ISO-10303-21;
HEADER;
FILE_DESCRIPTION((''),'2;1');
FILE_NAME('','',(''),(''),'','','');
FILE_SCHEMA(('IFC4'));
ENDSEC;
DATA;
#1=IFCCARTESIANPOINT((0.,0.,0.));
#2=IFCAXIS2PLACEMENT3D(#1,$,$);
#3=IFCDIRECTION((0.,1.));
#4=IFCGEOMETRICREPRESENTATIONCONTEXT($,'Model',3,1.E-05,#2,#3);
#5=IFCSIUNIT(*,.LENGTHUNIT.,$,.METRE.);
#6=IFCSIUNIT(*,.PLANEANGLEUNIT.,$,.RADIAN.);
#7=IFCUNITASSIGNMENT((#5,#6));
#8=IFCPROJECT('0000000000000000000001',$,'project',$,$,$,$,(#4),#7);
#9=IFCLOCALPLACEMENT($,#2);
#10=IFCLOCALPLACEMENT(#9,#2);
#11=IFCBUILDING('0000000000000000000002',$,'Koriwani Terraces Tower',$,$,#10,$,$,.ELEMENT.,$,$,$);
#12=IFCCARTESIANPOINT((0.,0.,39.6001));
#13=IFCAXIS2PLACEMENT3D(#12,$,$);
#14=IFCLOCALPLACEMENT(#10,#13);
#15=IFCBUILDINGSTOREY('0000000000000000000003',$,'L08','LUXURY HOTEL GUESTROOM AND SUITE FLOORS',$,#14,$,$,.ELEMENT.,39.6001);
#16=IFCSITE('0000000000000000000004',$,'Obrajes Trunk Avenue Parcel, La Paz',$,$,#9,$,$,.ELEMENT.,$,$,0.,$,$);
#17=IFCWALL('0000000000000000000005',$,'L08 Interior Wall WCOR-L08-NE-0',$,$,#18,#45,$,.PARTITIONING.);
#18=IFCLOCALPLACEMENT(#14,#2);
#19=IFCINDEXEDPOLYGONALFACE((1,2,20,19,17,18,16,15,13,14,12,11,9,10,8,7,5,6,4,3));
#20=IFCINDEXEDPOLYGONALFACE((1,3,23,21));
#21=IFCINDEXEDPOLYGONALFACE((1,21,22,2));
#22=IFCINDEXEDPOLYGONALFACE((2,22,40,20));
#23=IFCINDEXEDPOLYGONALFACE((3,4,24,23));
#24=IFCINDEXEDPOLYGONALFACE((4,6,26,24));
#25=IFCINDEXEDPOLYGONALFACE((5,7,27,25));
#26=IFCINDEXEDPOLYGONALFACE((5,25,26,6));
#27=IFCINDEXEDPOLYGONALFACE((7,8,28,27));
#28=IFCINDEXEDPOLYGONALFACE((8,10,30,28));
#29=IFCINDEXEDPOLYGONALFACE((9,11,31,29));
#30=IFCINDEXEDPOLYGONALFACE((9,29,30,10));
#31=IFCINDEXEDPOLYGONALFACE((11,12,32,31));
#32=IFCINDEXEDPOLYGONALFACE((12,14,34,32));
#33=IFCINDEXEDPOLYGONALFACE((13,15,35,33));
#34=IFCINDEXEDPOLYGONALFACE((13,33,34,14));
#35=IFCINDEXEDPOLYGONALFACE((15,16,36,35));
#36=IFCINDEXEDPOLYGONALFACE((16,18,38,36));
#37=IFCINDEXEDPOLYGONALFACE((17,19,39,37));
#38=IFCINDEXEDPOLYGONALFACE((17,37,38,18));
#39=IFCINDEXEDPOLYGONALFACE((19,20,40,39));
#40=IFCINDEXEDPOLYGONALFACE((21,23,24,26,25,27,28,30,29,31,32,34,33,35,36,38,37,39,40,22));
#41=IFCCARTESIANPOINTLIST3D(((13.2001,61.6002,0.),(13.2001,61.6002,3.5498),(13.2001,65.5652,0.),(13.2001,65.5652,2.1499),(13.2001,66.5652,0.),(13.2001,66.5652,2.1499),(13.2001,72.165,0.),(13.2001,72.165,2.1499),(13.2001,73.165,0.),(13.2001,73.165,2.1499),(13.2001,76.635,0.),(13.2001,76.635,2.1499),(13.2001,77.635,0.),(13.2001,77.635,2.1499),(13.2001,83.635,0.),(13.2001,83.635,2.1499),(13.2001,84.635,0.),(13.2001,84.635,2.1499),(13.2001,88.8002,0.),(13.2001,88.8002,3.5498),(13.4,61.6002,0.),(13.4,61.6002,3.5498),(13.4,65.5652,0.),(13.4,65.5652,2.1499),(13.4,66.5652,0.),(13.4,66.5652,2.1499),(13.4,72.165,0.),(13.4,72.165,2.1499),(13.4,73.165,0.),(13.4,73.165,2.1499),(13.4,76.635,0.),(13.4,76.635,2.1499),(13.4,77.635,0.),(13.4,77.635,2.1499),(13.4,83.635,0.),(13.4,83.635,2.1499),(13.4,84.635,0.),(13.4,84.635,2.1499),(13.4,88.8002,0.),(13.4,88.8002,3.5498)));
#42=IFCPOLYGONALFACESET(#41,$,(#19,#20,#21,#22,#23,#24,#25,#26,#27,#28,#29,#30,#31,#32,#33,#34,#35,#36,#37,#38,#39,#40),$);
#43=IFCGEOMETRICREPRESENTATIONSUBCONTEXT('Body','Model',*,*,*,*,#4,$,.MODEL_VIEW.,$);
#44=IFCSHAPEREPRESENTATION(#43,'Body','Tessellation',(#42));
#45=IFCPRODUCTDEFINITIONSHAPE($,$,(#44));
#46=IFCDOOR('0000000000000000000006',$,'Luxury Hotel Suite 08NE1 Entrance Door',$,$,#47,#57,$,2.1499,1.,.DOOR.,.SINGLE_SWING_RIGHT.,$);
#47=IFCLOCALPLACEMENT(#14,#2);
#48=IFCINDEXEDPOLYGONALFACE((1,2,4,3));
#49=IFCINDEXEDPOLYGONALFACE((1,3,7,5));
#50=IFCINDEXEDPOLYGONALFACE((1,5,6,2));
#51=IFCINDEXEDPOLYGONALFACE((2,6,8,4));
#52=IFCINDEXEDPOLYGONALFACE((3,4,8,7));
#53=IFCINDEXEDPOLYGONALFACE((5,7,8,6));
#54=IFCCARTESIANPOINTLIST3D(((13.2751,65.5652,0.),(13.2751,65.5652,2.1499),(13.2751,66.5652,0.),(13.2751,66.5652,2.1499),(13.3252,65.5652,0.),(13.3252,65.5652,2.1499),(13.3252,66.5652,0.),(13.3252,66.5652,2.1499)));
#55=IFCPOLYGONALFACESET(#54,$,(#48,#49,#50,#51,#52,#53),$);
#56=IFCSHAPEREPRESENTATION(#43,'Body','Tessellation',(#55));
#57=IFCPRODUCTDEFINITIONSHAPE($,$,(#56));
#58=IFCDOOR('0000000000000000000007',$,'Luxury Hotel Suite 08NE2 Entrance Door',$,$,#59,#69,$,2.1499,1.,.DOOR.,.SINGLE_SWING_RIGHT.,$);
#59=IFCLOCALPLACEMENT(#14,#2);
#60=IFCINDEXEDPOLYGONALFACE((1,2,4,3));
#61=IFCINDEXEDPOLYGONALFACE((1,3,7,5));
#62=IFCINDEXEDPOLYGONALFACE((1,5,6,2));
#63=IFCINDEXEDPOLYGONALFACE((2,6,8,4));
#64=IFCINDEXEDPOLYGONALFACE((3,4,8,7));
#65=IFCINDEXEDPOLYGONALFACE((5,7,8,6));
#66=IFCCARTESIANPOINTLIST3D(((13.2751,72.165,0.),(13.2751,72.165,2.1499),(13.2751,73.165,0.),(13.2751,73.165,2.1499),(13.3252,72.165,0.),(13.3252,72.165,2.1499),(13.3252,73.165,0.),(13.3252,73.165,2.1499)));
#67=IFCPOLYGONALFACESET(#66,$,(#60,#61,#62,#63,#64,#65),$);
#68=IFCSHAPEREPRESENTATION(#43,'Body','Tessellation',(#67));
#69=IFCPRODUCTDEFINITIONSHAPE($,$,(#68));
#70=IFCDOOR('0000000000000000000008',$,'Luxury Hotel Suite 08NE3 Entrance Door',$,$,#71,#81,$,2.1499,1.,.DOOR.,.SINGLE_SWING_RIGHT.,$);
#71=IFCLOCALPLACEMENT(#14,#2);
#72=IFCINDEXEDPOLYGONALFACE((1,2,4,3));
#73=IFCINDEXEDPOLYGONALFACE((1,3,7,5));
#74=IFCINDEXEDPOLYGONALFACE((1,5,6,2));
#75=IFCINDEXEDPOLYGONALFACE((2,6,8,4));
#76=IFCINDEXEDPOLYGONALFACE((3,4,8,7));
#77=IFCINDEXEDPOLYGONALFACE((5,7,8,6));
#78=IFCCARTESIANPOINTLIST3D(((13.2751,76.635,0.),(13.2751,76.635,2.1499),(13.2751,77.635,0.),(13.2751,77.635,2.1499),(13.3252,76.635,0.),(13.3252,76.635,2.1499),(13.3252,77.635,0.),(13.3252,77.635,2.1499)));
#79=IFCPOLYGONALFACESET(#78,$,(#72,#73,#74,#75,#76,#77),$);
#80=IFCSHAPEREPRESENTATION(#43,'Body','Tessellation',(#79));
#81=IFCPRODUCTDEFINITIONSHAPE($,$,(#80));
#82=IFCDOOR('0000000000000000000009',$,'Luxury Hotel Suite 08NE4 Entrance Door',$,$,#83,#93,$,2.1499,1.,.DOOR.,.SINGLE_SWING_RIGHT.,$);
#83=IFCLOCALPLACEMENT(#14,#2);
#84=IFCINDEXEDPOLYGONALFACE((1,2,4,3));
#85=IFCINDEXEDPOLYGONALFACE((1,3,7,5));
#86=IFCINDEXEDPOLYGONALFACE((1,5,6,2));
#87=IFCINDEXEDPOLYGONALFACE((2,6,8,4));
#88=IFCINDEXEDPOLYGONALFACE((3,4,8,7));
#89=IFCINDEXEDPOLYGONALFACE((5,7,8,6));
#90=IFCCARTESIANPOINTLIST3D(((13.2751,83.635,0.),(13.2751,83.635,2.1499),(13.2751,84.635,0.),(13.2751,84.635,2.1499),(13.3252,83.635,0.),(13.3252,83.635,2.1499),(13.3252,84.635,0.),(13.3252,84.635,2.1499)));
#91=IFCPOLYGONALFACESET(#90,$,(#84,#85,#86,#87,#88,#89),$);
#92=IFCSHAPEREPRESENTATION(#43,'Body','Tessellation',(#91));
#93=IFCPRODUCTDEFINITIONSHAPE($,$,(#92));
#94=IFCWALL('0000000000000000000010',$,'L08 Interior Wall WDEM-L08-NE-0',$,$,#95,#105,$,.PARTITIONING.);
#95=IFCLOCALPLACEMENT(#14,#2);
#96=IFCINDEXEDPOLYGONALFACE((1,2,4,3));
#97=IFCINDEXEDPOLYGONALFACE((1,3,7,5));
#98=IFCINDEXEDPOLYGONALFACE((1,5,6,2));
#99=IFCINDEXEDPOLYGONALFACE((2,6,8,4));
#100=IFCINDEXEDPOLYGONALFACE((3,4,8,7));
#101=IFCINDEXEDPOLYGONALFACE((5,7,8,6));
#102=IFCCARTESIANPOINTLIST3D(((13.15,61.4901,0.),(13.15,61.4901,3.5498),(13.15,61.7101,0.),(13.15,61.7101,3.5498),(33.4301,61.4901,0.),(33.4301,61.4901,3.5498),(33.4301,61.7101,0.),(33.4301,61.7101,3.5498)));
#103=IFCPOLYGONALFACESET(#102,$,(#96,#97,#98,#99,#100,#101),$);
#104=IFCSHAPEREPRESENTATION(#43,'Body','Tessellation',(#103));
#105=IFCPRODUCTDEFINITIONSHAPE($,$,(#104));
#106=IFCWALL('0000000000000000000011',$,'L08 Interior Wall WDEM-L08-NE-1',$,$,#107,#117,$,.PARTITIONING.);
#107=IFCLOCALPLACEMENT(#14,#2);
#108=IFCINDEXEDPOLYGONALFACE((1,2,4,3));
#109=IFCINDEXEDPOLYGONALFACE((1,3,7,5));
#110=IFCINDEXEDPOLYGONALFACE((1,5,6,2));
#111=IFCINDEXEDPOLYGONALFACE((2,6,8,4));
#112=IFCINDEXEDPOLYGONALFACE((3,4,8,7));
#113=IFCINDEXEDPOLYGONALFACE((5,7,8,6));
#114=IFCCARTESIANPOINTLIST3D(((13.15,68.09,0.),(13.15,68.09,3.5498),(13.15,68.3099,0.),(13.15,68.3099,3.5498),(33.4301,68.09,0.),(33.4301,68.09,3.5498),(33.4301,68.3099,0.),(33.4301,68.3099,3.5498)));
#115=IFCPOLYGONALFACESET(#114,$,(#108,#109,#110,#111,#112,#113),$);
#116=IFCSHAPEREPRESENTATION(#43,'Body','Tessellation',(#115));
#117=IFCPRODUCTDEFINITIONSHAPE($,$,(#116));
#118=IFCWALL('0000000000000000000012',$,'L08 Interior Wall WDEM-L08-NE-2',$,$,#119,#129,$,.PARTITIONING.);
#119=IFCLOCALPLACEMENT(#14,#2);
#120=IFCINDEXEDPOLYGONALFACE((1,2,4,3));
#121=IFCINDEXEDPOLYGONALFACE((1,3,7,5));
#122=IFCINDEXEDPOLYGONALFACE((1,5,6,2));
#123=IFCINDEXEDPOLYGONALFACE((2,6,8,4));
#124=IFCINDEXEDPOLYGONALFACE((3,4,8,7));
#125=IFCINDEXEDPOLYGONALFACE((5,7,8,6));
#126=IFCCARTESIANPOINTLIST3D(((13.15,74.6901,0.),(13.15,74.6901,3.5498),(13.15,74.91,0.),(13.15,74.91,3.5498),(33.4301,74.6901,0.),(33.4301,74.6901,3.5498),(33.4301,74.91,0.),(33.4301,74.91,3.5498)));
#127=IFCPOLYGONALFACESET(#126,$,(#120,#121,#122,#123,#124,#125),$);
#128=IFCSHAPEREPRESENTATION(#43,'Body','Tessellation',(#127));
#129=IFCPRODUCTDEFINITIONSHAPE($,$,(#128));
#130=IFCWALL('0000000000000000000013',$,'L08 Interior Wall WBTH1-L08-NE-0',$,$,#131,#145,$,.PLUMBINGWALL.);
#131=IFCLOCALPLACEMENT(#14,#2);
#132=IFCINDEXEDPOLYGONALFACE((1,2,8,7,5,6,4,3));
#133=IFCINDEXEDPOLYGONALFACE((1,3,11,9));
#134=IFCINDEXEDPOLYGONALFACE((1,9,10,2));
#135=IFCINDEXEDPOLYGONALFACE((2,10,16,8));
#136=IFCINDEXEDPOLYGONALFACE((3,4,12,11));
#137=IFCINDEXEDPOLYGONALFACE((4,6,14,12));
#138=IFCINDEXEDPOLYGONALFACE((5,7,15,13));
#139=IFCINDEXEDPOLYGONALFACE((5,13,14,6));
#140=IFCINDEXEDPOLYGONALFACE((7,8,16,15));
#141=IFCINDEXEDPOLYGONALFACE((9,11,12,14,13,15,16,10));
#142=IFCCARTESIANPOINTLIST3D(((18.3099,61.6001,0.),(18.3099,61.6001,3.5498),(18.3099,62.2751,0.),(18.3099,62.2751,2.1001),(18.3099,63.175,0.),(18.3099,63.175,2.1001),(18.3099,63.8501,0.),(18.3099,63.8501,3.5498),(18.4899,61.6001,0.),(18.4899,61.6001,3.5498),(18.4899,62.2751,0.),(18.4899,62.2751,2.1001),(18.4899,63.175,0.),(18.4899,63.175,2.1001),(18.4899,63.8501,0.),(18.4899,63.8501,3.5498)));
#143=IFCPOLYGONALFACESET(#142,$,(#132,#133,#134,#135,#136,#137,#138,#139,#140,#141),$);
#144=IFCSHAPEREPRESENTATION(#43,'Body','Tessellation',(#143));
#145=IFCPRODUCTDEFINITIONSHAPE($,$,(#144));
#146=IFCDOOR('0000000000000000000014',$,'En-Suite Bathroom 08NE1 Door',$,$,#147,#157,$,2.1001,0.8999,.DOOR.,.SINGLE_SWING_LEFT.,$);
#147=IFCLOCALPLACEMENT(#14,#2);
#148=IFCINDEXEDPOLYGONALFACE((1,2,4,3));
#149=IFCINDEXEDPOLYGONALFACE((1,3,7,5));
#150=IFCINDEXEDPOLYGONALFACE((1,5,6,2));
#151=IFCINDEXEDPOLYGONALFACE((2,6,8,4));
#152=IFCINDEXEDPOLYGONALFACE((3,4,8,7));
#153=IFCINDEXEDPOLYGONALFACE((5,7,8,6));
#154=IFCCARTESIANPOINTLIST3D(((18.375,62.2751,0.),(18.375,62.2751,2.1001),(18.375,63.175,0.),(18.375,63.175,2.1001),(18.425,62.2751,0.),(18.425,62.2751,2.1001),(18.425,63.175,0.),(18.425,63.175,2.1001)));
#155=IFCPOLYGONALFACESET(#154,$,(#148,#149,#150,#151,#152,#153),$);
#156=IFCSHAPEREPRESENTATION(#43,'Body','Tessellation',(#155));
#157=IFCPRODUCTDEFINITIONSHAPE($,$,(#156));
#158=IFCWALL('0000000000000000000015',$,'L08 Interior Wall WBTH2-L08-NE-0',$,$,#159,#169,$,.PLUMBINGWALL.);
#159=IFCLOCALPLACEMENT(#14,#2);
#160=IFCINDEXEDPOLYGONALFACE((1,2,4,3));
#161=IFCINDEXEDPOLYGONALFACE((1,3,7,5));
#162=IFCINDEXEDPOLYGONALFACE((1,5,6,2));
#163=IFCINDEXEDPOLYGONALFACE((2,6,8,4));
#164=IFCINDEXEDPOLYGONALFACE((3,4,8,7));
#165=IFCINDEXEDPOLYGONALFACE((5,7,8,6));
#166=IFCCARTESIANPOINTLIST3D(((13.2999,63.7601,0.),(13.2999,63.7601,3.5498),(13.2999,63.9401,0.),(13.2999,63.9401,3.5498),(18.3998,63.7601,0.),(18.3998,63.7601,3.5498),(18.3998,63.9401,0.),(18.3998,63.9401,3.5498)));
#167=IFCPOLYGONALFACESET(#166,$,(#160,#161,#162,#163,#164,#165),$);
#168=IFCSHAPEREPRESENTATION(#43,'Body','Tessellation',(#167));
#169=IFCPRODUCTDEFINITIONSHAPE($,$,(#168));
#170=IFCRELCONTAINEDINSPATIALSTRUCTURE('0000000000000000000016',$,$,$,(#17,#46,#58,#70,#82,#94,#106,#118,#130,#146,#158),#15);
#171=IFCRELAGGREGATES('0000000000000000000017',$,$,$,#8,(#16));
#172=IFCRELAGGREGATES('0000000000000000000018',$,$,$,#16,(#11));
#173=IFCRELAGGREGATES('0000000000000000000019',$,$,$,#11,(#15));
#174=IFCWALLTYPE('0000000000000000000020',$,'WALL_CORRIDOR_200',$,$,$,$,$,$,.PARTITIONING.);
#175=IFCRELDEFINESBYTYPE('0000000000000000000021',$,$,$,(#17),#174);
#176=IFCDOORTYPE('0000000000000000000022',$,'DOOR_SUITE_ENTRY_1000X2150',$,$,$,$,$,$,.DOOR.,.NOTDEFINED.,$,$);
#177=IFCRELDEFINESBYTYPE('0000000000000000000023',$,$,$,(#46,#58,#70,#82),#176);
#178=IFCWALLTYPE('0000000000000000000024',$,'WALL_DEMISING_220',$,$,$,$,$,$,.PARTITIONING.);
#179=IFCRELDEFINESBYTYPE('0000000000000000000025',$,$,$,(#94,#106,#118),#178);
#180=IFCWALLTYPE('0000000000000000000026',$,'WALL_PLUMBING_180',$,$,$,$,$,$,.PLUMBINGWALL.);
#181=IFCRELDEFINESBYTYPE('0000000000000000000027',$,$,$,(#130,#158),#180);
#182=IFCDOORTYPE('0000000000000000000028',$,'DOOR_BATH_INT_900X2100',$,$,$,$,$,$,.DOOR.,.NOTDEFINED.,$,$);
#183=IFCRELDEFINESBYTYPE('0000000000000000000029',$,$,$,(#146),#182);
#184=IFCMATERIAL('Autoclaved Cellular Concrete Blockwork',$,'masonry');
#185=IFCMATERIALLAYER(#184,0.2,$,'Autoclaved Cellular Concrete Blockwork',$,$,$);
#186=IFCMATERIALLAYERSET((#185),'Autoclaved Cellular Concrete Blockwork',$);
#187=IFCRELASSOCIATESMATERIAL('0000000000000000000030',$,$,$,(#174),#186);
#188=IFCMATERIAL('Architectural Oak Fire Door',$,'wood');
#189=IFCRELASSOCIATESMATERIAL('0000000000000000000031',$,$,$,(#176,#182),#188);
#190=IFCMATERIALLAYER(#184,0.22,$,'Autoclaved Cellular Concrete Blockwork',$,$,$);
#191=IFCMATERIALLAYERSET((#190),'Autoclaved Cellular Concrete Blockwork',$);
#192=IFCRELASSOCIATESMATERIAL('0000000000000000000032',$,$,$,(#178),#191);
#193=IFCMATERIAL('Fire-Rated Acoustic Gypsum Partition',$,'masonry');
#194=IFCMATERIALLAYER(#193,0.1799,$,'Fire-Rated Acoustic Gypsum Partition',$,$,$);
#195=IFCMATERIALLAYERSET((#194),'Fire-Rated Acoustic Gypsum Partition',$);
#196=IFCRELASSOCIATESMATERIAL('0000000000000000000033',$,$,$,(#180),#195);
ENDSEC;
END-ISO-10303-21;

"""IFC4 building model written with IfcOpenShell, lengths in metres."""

from ifc_helpers import new_model, si_unit, direction, frame, frame_2d, origin, place, context, subcontext, project, spatial, rectangle, extrude, material, layer, layer_set, type_object, element, fill, save


model = new_model("IFC4")

# Units and contexts
model_context = context("Model", 3, precision=1e-05, world=origin(), true_north=direction((0.0, 1.0)))
body_context = subcontext(model_context, "Body", "Model", "MODEL_VIEW")
ifc_project = project(units=[si_unit("LENGTHUNIT", "METRE"), si_unit("PLANEANGLEUNIT", "RADIAN")], contexts=[model_context])

# Site, building, storey
site_placement = place(None, origin())
site = spatial("IfcSite", under=ifc_project, at=site_placement, Name="Obrajes Trunk Avenue Parcel, La Paz", CompositionType="ELEMENT", RefElevation=0.0)
building_placement = place(site_placement, origin())
building = spatial("IfcBuilding", under=site, at=building_placement, Name="Koriwani Terraces Tower", CompositionType="ELEMENT")
storey_placement = place(building_placement, frame((0.0, 0.0, 39.6001)))
storey = spatial("IfcBuildingStorey", under=building, at=storey_placement, Name="L08", Description="LUXURY HOTEL GUESTROOM AND SUITE FLOORS", CompositionType="ELEMENT", Elevation=39.6001)

# Wall, openings, doors
ifc_material_1 = material(Name="Autoclaved Cellular Concrete Blockwork", Category="masonry")
ifc_layer_1 = layer(ifc_material_1, 0.2, Name="Autoclaved Cellular Concrete Blockwork")
ifc_layer_set_1 = layer_set([ifc_layer_1], Name="Autoclaved Cellular Concrete Blockwork")
wall_type_1 = type_object("IfcWallType", Name="WALL_CORRIDOR_200", PredefinedType="PARTITIONING", material=ifc_layer_set_1)
wall_1_placement = place(storey_placement, frame((13.3, 61.6001, 0.0), z_axis=(0.0, 0.0, 1.0), x_axis=(0.0, 1.0, 0.0)))
wall_1 = element("IfcWall", 1, at=wall_1_placement, inside=storey, type_object=wall_type_1, Name="L08 Interior Wall WCOR-L08-NE-0", PredefinedType="PARTITIONING", context=body_context, shape_type="SweptSolid", body=[
    extrude(rectangle(XDim=27.2, YDim=0.2, at=frame_2d((13.6001, 0.0))), origin(), (0.0, 0.0, 1.0), 3.5498),
])
opening_1_placement = place(wall_1_placement, frame((3.9651, 0.0, 0.0)))
opening_1 = element("IfcOpeningElement", 2, at=opening_1_placement, cuts=wall_1, PredefinedType="OPENING", context=body_context, shape_type="SweptSolid", body=[
    extrude(rectangle(XDim=1.0, YDim=2.1499, at=frame_2d((0.5, 1.075))), frame((0.0, 0.1099, 0.0), z_axis=(0.0, -1.0, 0.0), x_axis=(1.0, 0.0, 0.0)), (0.0, 0.0, 1.0), 0.22),
])
opening_2_placement = place(wall_1_placement, frame((10.5649, 0.0, 0.0)))
opening_2 = element("IfcOpeningElement", 3, at=opening_2_placement, cuts=wall_1, PredefinedType="OPENING", context=body_context, shape_type="SweptSolid", body=[
    extrude(rectangle(XDim=1.0, YDim=2.1499, at=frame_2d((0.5, 1.075))), frame((0.0, 0.1099, 0.0), z_axis=(0.0, -1.0, 0.0), x_axis=(1.0, 0.0, 0.0)), (0.0, 0.0, 1.0), 0.22),
])
opening_3_placement = place(wall_1_placement, frame((15.0349, 0.0, 0.0)))
opening_3 = element("IfcOpeningElement", 4, at=opening_3_placement, cuts=wall_1, PredefinedType="OPENING", context=body_context, shape_type="SweptSolid", body=[
    extrude(rectangle(XDim=1.0, YDim=2.1499, at=frame_2d((0.5, 1.075))), frame((0.0, 0.1099, 0.0), z_axis=(0.0, -1.0, 0.0), x_axis=(1.0, 0.0, 0.0)), (0.0, 0.0, 1.0), 0.22),
])
opening_4_placement = place(wall_1_placement, frame((22.0349, 0.0, 0.0)))
opening_4 = element("IfcOpeningElement", 5, at=opening_4_placement, cuts=wall_1, PredefinedType="OPENING", context=body_context, shape_type="SweptSolid", body=[
    extrude(rectangle(XDim=1.0, YDim=2.1499, at=frame_2d((0.5, 1.075))), frame((0.0, 0.1099, 0.0), z_axis=(0.0, -1.0, 0.0), x_axis=(1.0, 0.0, 0.0)), (0.0, 0.0, 1.0), 0.22),
])
ifc_material_2 = material(Name="Architectural Oak Fire Door", Category="wood")
door_type_1 = type_object("IfcDoorType", Name="DOOR_SUITE_ENTRY_1000X2150", OperationType="NOTDEFINED", PredefinedType="DOOR", material=ifc_material_2)
door_1_placement = place(opening_1_placement, origin())
door_1 = element("IfcDoor", 6, at=door_1_placement, inside=storey, type_object=door_type_1, Name="Luxury Hotel Suite 08NE1 Entrance Door", OperationType="SINGLE_SWING_RIGHT", OverallHeight=2.1499, OverallWidth=1.0, PredefinedType="DOOR", context=body_context, shape_type="SweptSolid", body=[
    extrude(rectangle(XDim=1.0, YDim=2.1499, at=frame_2d((0.5, 1.075))), frame((0.0, 0.0249, 0.0), z_axis=(0.0, -1.0, 0.0), x_axis=(1.0, 0.0, 0.0)), (0.0, 0.0, 1.0), 0.05),
])
fill(opening_1, door_1)
door_2_placement = place(opening_2_placement, origin())
door_2 = element("IfcDoor", 7, at=door_2_placement, inside=storey, type_object=door_type_1, Name="Luxury Hotel Suite 08NE2 Entrance Door", OperationType="SINGLE_SWING_RIGHT", OverallHeight=2.1499, OverallWidth=1.0, PredefinedType="DOOR", context=body_context, shape_type="SweptSolid", body=[
    extrude(rectangle(XDim=1.0, YDim=2.1499, at=frame_2d((0.5, 1.075))), frame((0.0, 0.0249, 0.0), z_axis=(0.0, -1.0, 0.0), x_axis=(1.0, 0.0, 0.0)), (0.0, 0.0, 1.0), 0.05),
])
fill(opening_2, door_2)
door_3_placement = place(opening_3_placement, origin())
door_3 = element("IfcDoor", 8, at=door_3_placement, inside=storey, type_object=door_type_1, Name="Luxury Hotel Suite 08NE3 Entrance Door", OperationType="SINGLE_SWING_RIGHT", OverallHeight=2.1499, OverallWidth=1.0, PredefinedType="DOOR", context=body_context, shape_type="SweptSolid", body=[
    extrude(rectangle(XDim=1.0, YDim=2.1499, at=frame_2d((0.5, 1.075))), frame((0.0, 0.0249, 0.0), z_axis=(0.0, -1.0, 0.0), x_axis=(1.0, 0.0, 0.0)), (0.0, 0.0, 1.0), 0.05),
])
fill(opening_3, door_3)
door_4_placement = place(opening_4_placement, origin())
door_4 = element("IfcDoor", 9, at=door_4_placement, inside=storey, type_object=door_type_1, Name="Luxury Hotel Suite 08NE4 Entrance Door", OperationType="SINGLE_SWING_RIGHT", OverallHeight=2.1499, OverallWidth=1.0, PredefinedType="DOOR", context=body_context, shape_type="SweptSolid", body=[
    extrude(rectangle(XDim=1.0, YDim=2.1499, at=frame_2d((0.5, 1.075))), frame((0.0, 0.0249, 0.0), z_axis=(0.0, -1.0, 0.0), x_axis=(1.0, 0.0, 0.0)), (0.0, 0.0, 1.0), 0.05),
])
fill(opening_4, door_4)

# Walls
ifc_layer_2 = layer(ifc_material_1, 0.22, Name="Autoclaved Cellular Concrete Blockwork")
ifc_layer_set_2 = layer_set([ifc_layer_2], Name="Autoclaved Cellular Concrete Blockwork")
wall_type_2 = type_object("IfcWallType", Name="WALL_DEMISING_220", PredefinedType="PARTITIONING", material=ifc_layer_set_2)
for number, where, z_axis, x_axis, name in (
    (10, (13.1499, 61.6001, 0.0), (0.0, 0.0, 1.0), (1.0, 0.0, 0.0), "L08 Interior Wall WDEM-L08-NE-0"),
    (11, (13.1499, 68.2, 0.0), (0.0, 0.0, 1.0), (1.0, 0.0, 0.0), "L08 Interior Wall WDEM-L08-NE-1"),
    (12, (13.1499, 74.8, 0.0), (0.0, 0.0, 1.0), (1.0, 0.0, 0.0), "L08 Interior Wall WDEM-L08-NE-2"),
):
    element("IfcWall", number, at=place(storey_placement, frame(where, z_axis=z_axis, x_axis=x_axis)), inside=storey, type_object=wall_type_2, Name=name, PredefinedType="PARTITIONING", context=body_context, shape_type="SweptSolid", body=[
        extrude(rectangle(XDim=20.28, YDim=0.22, at=frame_2d((10.1401, 0.0))), origin(), (0.0, 0.0, 1.0), 3.5498),
    ])

# Wall, opening, door
ifc_material_3 = material(Name="Fire-Rated Acoustic Gypsum Partition", Category="masonry")
ifc_layer_3 = layer(ifc_material_3, 0.1799, Name="Fire-Rated Acoustic Gypsum Partition")
ifc_layer_set_3 = layer_set([ifc_layer_3], Name="Fire-Rated Acoustic Gypsum Partition")
wall_type_3 = type_object("IfcWallType", Name="WALL_PLUMBING_180", PredefinedType="PLUMBINGWALL", material=ifc_layer_set_3)
wall_2_placement = place(storey_placement, frame((18.3999, 61.6001, 0.0), z_axis=(0.0, 0.0, 1.0), x_axis=(0.0, 1.0, 0.0)))
wall_2 = element("IfcWall", 13, at=wall_2_placement, inside=storey, type_object=wall_type_3, Name="L08 Interior Wall WBTH1-L08-NE-0", PredefinedType="PLUMBINGWALL", context=body_context, shape_type="SweptSolid", body=[
    extrude(rectangle(XDim=2.25, YDim=0.1799, at=frame_2d((1.125, 0.0))), origin(), (0.0, 0.0, 1.0), 3.5498),
])
opening_5_placement = place(wall_2_placement, frame((0.675, 0.0, 0.0)))
opening_5 = element("IfcOpeningElement", 14, at=opening_5_placement, cuts=wall_2, PredefinedType="OPENING", context=body_context, shape_type="SweptSolid", body=[
    extrude(rectangle(XDim=0.8999, YDim=2.1001, at=frame_2d((0.45, 1.05))), frame((0.0, 0.1001, 0.0), z_axis=(0.0, -1.0, 0.0), x_axis=(1.0, 0.0, 0.0)), (0.0, 0.0, 1.0), 0.2),
])
door_type_2 = type_object("IfcDoorType", Name="DOOR_BATH_INT_900X2100", OperationType="NOTDEFINED", PredefinedType="DOOR", material=ifc_material_2)
door_5_placement = place(opening_5_placement, origin())
door_5 = element("IfcDoor", 15, at=door_5_placement, inside=storey, type_object=door_type_2, Name="En-Suite Bathroom 08NE1 Door", OperationType="SINGLE_SWING_LEFT", OverallHeight=2.1001, OverallWidth=0.8999, PredefinedType="DOOR", context=body_context, shape_type="SweptSolid", body=[
    extrude(rectangle(XDim=0.8999, YDim=2.1001, at=frame_2d((0.45, 1.05))), frame((0.0, 0.0249, 0.0), z_axis=(0.0, -1.0, 0.0), x_axis=(1.0, 0.0, 0.0)), (0.0, 0.0, 1.0), 0.05),
])
fill(opening_5, door_5)

# Wall
wall_3_placement = place(storey_placement, frame((13.3, 63.8501, 0.0), z_axis=(0.0, 0.0, 1.0), x_axis=(1.0, 0.0, 0.0)))
element("IfcWall", 16, at=wall_3_placement, inside=storey, type_object=wall_type_3, Name="L08 Interior Wall WBTH2-L08-NE-0", PredefinedType="PLUMBINGWALL", context=body_context, shape_type="SweptSolid", body=[
    extrude(rectangle(XDim=5.0999, YDim=0.1799, at=frame_2d((2.5498, 0.0))), origin(), (0.0, 0.0, 1.0), 3.5498),
])

save(model, "model.ifc")
